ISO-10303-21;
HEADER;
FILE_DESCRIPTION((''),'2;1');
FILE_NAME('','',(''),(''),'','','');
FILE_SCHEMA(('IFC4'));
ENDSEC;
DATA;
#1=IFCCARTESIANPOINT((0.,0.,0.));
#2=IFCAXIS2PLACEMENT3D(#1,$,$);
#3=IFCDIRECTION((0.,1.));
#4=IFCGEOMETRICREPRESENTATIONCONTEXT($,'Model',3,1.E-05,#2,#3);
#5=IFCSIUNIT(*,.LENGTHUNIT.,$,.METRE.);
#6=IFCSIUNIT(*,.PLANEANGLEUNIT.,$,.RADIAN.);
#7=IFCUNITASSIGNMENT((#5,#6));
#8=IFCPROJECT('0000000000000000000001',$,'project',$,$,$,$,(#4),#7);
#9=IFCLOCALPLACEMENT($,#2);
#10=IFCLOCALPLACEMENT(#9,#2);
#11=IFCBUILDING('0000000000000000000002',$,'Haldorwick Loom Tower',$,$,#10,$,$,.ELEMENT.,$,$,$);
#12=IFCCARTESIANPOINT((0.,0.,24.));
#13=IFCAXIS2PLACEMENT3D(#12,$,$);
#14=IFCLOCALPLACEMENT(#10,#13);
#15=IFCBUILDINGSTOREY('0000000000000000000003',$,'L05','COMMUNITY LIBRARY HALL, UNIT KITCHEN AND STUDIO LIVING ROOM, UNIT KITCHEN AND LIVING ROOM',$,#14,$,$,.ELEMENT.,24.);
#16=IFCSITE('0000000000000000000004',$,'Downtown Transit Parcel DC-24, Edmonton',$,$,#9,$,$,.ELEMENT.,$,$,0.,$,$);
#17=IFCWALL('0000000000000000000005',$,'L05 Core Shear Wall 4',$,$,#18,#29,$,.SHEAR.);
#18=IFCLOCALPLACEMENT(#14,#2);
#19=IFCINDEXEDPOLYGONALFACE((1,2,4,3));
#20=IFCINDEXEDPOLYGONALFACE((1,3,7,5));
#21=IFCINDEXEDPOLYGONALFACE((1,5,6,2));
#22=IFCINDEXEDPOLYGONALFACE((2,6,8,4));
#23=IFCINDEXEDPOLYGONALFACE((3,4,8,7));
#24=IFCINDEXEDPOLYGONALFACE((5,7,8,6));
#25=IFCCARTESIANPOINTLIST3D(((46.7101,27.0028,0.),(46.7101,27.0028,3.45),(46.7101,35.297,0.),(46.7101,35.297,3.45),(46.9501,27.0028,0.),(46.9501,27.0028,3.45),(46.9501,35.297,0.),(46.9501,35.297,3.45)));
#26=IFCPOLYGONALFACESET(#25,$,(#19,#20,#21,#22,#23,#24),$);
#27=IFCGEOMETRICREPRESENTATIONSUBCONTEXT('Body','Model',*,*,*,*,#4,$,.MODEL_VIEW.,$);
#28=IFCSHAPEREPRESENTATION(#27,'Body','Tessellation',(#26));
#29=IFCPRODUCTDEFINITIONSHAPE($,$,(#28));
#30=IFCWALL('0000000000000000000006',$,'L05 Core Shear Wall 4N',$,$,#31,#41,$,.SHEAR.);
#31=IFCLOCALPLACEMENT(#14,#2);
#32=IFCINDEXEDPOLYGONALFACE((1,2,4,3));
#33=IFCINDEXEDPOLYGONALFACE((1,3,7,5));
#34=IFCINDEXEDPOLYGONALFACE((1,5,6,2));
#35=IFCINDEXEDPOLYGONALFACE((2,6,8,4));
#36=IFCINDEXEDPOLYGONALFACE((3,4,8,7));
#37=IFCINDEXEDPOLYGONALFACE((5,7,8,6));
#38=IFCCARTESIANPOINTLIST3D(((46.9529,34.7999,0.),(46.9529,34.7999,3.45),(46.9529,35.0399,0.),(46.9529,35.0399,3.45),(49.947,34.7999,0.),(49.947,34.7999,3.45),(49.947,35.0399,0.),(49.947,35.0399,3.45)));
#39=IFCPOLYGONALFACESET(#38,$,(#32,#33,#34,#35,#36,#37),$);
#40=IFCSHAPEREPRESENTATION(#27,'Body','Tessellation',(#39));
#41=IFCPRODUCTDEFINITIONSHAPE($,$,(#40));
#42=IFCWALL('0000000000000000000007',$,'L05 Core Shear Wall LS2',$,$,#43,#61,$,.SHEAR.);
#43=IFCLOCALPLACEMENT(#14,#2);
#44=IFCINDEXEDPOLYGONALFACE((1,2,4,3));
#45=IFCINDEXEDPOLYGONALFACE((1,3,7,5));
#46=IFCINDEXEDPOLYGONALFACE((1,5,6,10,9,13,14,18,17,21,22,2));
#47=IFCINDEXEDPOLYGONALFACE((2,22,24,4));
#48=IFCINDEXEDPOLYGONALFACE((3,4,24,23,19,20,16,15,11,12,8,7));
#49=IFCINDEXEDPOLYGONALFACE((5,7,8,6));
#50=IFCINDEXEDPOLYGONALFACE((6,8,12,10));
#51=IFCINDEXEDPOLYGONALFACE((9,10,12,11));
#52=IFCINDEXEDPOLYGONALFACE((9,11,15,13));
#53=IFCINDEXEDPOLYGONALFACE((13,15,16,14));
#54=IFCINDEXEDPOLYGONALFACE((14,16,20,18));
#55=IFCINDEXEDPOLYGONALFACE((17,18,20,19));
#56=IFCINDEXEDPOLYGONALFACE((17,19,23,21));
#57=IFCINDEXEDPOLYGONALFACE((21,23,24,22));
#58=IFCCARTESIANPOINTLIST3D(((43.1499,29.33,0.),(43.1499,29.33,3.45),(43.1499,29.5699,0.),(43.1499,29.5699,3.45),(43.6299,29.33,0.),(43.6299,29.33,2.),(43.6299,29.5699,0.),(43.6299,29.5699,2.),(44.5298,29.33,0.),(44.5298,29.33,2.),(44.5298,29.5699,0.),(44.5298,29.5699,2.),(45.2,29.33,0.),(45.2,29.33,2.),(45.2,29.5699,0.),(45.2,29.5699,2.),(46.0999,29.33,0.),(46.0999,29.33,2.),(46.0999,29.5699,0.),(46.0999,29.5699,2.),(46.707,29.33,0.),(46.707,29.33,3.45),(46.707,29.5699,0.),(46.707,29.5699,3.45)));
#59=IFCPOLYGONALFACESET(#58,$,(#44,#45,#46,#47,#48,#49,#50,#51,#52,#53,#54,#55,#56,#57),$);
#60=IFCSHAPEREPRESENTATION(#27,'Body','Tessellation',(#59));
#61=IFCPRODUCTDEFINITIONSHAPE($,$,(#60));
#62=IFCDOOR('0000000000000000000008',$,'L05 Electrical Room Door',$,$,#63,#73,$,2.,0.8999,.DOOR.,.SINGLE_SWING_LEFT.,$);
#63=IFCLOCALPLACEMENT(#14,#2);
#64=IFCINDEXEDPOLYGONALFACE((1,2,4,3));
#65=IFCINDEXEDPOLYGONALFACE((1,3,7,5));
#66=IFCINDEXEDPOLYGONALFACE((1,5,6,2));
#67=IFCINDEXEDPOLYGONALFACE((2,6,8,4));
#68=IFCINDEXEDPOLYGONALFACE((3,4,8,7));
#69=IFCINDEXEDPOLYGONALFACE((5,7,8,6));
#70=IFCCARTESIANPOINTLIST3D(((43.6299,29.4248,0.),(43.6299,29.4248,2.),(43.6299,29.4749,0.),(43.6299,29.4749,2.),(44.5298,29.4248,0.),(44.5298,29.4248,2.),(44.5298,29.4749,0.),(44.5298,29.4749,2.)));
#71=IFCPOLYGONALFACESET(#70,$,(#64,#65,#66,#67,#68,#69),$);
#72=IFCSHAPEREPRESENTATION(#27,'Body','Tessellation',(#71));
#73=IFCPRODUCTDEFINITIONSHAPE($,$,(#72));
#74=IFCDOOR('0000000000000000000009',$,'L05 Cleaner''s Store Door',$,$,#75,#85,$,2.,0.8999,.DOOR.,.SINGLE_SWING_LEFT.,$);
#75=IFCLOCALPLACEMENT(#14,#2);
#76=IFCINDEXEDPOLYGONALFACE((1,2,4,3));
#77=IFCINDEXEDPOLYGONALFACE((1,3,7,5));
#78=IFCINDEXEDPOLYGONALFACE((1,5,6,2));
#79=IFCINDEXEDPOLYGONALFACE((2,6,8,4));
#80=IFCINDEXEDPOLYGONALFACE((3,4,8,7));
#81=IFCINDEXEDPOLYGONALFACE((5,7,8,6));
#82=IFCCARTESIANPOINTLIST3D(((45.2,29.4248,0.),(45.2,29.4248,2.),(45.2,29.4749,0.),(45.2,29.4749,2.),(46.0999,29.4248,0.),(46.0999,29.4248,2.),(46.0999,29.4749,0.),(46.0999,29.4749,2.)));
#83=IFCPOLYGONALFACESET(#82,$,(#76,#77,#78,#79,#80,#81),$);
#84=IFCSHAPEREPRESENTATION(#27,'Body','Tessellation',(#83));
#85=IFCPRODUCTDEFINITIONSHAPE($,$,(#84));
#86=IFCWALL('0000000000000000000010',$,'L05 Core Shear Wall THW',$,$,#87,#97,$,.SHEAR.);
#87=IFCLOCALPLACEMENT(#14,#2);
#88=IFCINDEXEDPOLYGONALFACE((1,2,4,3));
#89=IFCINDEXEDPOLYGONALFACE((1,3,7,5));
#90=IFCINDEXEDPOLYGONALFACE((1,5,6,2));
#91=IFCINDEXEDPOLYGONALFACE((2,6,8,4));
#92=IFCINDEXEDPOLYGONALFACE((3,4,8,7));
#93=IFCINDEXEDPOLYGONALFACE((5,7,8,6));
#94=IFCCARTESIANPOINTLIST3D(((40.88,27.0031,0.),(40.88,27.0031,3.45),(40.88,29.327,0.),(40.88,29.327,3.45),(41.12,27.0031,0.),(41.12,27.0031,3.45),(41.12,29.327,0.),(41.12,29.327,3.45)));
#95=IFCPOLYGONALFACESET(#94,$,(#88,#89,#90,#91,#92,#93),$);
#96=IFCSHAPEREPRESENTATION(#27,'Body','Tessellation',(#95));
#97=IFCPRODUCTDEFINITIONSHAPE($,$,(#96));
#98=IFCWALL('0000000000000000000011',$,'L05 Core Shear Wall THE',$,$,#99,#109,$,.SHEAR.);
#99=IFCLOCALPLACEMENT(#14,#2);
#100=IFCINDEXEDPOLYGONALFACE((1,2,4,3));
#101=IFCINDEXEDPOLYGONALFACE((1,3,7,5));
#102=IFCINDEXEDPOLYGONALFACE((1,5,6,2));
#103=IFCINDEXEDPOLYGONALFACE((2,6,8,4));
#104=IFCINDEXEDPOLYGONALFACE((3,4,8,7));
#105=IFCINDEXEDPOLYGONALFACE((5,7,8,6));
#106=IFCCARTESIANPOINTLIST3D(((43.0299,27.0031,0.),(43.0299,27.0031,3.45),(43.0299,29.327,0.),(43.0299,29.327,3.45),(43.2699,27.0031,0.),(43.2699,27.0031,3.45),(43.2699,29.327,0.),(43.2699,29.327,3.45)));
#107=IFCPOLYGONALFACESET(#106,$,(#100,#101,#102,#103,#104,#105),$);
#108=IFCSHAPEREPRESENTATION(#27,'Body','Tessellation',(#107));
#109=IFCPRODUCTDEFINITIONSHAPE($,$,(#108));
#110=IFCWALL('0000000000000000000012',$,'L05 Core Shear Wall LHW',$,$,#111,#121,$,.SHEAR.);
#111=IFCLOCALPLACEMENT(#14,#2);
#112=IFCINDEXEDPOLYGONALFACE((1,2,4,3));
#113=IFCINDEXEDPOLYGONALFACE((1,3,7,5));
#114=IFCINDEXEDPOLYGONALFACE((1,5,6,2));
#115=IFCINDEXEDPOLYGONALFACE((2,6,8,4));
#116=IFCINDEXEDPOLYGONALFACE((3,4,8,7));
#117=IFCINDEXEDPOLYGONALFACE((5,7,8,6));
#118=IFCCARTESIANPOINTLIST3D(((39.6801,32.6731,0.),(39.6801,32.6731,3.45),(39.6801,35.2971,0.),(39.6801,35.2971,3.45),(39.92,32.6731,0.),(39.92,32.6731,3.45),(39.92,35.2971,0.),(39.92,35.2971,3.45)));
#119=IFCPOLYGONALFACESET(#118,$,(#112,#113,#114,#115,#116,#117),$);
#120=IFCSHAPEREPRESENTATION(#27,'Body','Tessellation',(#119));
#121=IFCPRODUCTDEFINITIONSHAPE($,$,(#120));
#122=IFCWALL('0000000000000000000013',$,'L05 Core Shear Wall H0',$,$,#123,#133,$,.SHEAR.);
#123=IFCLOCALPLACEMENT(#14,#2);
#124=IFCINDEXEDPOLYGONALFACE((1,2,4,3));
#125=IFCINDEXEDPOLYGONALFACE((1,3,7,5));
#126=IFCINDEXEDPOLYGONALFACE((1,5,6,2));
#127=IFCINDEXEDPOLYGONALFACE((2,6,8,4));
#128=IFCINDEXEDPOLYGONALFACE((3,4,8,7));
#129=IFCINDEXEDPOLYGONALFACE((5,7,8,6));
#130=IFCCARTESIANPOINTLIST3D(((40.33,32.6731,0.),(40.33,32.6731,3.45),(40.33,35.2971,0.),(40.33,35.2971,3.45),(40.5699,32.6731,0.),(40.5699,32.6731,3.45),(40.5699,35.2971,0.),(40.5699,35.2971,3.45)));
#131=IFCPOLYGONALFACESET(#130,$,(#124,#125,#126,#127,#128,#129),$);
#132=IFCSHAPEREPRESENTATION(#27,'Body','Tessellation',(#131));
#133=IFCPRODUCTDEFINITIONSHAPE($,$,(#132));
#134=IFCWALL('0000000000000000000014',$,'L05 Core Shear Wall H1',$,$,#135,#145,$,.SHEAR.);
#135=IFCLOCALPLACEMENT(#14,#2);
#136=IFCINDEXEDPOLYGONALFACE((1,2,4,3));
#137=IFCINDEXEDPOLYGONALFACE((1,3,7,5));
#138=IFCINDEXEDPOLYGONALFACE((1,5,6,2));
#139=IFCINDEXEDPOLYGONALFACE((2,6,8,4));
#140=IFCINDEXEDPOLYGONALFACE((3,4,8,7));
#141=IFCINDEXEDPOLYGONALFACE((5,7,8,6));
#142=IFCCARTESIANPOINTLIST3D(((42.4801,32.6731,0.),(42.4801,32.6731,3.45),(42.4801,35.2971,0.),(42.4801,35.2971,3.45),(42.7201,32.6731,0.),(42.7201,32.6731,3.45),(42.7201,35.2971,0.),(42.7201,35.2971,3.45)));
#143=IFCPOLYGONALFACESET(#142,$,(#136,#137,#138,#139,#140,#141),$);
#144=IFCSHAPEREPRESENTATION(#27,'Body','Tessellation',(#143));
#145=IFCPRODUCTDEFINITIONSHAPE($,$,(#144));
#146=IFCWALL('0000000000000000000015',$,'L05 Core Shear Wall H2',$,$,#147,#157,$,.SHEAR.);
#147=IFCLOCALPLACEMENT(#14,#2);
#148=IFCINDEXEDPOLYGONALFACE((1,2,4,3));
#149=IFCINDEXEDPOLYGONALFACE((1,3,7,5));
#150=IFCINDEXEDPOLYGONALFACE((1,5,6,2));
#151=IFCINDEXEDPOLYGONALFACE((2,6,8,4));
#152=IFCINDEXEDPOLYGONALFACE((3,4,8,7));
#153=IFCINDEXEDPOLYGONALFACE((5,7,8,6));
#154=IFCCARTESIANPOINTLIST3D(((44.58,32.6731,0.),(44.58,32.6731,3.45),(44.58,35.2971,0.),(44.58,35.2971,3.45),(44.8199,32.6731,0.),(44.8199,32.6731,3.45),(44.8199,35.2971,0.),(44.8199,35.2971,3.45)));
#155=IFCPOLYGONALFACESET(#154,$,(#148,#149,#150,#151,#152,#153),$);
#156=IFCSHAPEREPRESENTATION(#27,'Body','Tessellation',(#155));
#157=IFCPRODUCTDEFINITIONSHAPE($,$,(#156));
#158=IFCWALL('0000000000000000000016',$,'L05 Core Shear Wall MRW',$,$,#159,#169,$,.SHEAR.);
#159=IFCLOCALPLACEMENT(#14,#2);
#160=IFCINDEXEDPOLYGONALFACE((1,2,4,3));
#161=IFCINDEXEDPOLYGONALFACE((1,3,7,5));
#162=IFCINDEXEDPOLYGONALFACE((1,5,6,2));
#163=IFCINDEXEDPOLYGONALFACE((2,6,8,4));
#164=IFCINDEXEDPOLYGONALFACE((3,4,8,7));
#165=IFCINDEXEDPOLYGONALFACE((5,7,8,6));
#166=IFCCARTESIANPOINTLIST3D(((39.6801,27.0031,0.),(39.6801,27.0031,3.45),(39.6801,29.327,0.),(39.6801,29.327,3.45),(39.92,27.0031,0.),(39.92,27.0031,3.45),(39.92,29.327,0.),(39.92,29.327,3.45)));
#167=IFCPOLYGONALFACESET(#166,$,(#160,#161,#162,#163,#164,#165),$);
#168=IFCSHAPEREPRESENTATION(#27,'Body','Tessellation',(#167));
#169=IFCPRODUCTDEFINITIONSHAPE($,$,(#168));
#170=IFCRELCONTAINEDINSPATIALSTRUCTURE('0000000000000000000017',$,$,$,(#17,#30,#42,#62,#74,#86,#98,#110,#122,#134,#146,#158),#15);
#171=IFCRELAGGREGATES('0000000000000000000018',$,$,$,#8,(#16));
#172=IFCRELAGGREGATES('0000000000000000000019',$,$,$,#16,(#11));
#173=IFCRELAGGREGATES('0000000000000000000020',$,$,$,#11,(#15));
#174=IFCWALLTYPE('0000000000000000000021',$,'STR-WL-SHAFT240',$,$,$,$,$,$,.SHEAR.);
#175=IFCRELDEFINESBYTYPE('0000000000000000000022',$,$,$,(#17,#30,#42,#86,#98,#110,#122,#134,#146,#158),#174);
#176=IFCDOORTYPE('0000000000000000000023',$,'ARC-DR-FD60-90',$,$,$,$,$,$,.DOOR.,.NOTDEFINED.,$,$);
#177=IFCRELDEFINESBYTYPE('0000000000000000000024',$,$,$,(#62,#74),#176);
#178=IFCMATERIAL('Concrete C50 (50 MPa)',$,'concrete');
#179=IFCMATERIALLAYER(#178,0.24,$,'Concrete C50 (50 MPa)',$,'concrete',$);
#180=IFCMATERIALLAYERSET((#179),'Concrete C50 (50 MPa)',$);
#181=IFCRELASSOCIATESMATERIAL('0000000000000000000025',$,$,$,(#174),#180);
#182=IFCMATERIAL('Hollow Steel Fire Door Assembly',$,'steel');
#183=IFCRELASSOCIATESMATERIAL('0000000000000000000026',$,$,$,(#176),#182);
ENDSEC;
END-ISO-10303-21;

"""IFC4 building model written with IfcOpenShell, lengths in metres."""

from ifc_helpers import new_model, si_unit, direction, frame, frame_2d, origin, place, context, subcontext, project, spatial, rectangle, extrude, material, layer, layer_set, type_object, element, fill, save


model = new_model("IFC4")

# Units and contexts
model_context = context("Model", 3, precision=1e-05, world=origin(), true_north=direction((0.0, 1.0)))
body_context = subcontext(model_context, "Body", "Model", "MODEL_VIEW")
ifc_project = project(units=[si_unit("LENGTHUNIT", "METRE"), si_unit("PLANEANGLEUNIT", "RADIAN")], contexts=[model_context])

# Site, building, storey
site_placement = place(None, origin())
site = spatial("IfcSite", under=ifc_project, at=site_placement, Name="Downtown Transit Parcel DC-24, Edmonton", CompositionType="ELEMENT", RefElevation=0.0)
building_placement = place(site_placement, origin())
building = spatial("IfcBuilding", under=site, at=building_placement, Name="Haldorwick Loom Tower", CompositionType="ELEMENT")
storey_placement = place(building_placement, frame((0.0, 0.0, 24.0)))
storey = spatial("IfcBuildingStorey", under=building, at=storey_placement, Name="L05", Description="COMMUNITY LIBRARY HALL, UNIT KITCHEN AND STUDIO LIVING ROOM, UNIT KITCHEN AND LIVING ROOM", CompositionType="ELEMENT", Elevation=24.0)

# Walls
ifc_material_1 = material(Name="Concrete C50 (50 MPa)", Category="concrete")
ifc_layer_1 = layer(ifc_material_1, 0.24, Name="Concrete C50 (50 MPa)", Category="concrete")
ifc_layer_set_1 = layer_set([ifc_layer_1], Name="Concrete C50 (50 MPa)")
wall_type_1 = type_object("IfcWallType", Name="STR-WL-SHAFT240", PredefinedType="SHEAR", material=ifc_layer_set_1)
wall_1_placement = place(storey_placement, frame((46.8301, 27.0029, 0.0), z_axis=(0.0, 0.0, 1.0), x_axis=(0.0, 1.0, 0.0)))
element("IfcWall", 1, at=wall_1_placement, inside=storey, type_object=wall_type_1, Name="L05 Core Shear Wall 4", PredefinedType="SHEAR", context=body_context, shape_type="SweptSolid", body=[
    extrude(rectangle(XDim=8.2942, YDim=0.24, at=frame_2d((4.147, 0.0))), origin(), (0.0, 0.0, 1.0), 3.45),
])
wall_2_placement = place(storey_placement, frame((46.9529, 34.9199, 0.0), z_axis=(0.0, 0.0, 1.0), x_axis=(1.0, 0.0, 0.0)))
element("IfcWall", 2, at=wall_2_placement, inside=storey, type_object=wall_type_1, Name="L05 Core Shear Wall 4N", PredefinedType="SHEAR", context=body_context, shape_type="SweptSolid", body=[
    extrude(rectangle(XDim=2.9941, YDim=0.24, at=frame_2d((1.4971, 0.0))), origin(), (0.0, 0.0, 1.0), 3.45),
])

# Wall, openings, doors
wall_3_placement = place(storey_placement, frame((43.1499, 29.45, 0.0), z_axis=(0.0, 0.0, 1.0), x_axis=(1.0, 0.0, 0.0)))
wall_3 = element("IfcWall", 3, at=wall_3_placement, inside=storey, type_object=wall_type_1, Name="L05 Core Shear Wall LS2", PredefinedType="SHEAR", context=body_context, shape_type="SweptSolid", body=[
    extrude(rectangle(XDim=3.5571, YDim=0.24, at=frame_2d((1.7786, 0.0))), origin(), (0.0, 0.0, 1.0), 3.45),
])
opening_1_placement = place(wall_3_placement, frame((0.48, 0.0, 0.0)))
opening_1 = element("IfcOpeningElement", 4, at=opening_1_placement, cuts=wall_3, PredefinedType="OPENING", context=body_context, shape_type="SweptSolid", body=[
    extrude(rectangle(XDim=0.8999, YDim=2.0, at=frame_2d((0.45, 1.0))), frame((0.0, 0.1299, 0.0), z_axis=(0.0, -1.0, 0.0), x_axis=(1.0, 0.0, 0.0)), (0.0, 0.0, 1.0), 0.26),
])
opening_2_placement = place(wall_3_placement, frame((2.05, 0.0, 0.0)))
opening_2 = element("IfcOpeningElement", 5, at=opening_2_placement, cuts=wall_3, PredefinedType="OPENING", context=body_context, shape_type="SweptSolid", body=[
    extrude(rectangle(XDim=0.8999, YDim=2.0, at=frame_2d((0.45, 1.0))), frame((0.0, 0.1299, 0.0), z_axis=(0.0, -1.0, 0.0), x_axis=(1.0, 0.0, 0.0)), (0.0, 0.0, 1.0), 0.26),
])
ifc_material_2 = material(Name="Hollow Steel Fire Door Assembly", Category="steel")
door_type = type_object("IfcDoorType", Name="ARC-DR-FD60-90", OperationType="NOTDEFINED", PredefinedType="DOOR", material=ifc_material_2)
door_1_placement = place(opening_1_placement, origin())
door_1 = element("IfcDoor", 6, at=door_1_placement, inside=storey, type_object=door_type, Name="L05 Electrical Room Door", OperationType="SINGLE_SWING_LEFT", OverallHeight=2.0, OverallWidth=0.8999, PredefinedType="DOOR", context=body_context, shape_type="SweptSolid", body=[
    extrude(rectangle(XDim=0.8999, YDim=2.0, at=frame_2d((0.45, 1.0))), frame((0.0, 0.0249, 0.0), z_axis=(0.0, -1.0, 0.0), x_axis=(1.0, 0.0, 0.0)), (0.0, 0.0, 1.0), 0.05),
])
fill(opening_1, door_1)
door_2_placement = place(opening_2_placement, origin())
door_2 = element("IfcDoor", 7, at=door_2_placement, inside=storey, type_object=door_type, Name="L05 Cleaner's Store Door", OperationType="SINGLE_SWING_LEFT", OverallHeight=2.0, OverallWidth=0.8999, PredefinedType="DOOR", context=body_context, shape_type="SweptSolid", body=[
    extrude(rectangle(XDim=0.8999, YDim=2.0, at=frame_2d((0.45, 1.0))), frame((0.0, 0.0249, 0.0), z_axis=(0.0, -1.0, 0.0), x_axis=(1.0, 0.0, 0.0)), (0.0, 0.0, 1.0), 0.05),
])
fill(opening_2, door_2)

# Walls
for number, where, z_axis, x_axis, name in (
    (8, (41.0, 27.0029, 0.0), (0.0, 0.0, 1.0), (0.0, 1.0, 0.0), "L05 Core Shear Wall THW"),
    (9, (43.1499, 27.0029, 0.0), (0.0, 0.0, 1.0), (0.0, 1.0, 0.0), "L05 Core Shear Wall THE"),
):
    element("IfcWall", number, at=place(storey_placement, frame(where, z_axis=z_axis, x_axis=x_axis)), inside=storey, type_object=wall_type_1, Name=name, PredefinedType="SHEAR", context=body_context, shape_type="SweptSolid", body=[
        extrude(rectangle(XDim=2.324, YDim=0.24, at=frame_2d((1.1621, 0.0))), origin(), (0.0, 0.0, 1.0), 3.45),
    ])
for number, where, z_axis, x_axis, name in (
    (10, (39.8, 32.6731, 0.0), (0.0, 0.0, 1.0), (0.0, 1.0, 0.0), "L05 Core Shear Wall LHW"),
    (11, (40.45, 32.6731, 0.0), (0.0, 0.0, 1.0), (0.0, 1.0, 0.0), "L05 Core Shear Wall H0"),
    (12, (42.6001, 32.6731, 0.0), (0.0, 0.0, 1.0), (0.0, 1.0, 0.0), "L05 Core Shear Wall H1"),
    (13, (44.7, 32.6731, 0.0), (0.0, 0.0, 1.0), (0.0, 1.0, 0.0), "L05 Core Shear Wall H2"),
):
    element("IfcWall", number, at=place(storey_placement, frame(where, z_axis=z_axis, x_axis=x_axis)), inside=storey, type_object=wall_type_1, Name=name, PredefinedType="SHEAR", context=body_context, shape_type="SweptSolid", body=[
        extrude(rectangle(XDim=2.624, YDim=0.24, at=frame_2d((1.312, 0.0))), origin(), (0.0, 0.0, 1.0), 3.45),
    ])
wall_4_placement = place(storey_placement, frame((39.8, 27.0029, 0.0), z_axis=(0.0, 0.0, 1.0), x_axis=(0.0, 1.0, 0.0)))
element("IfcWall", 14, at=wall_4_placement, inside=storey, type_object=wall_type_1, Name="L05 Core Shear Wall MRW", PredefinedType="SHEAR", context=body_context, shape_type="SweptSolid", body=[
    extrude(rectangle(XDim=2.324, YDim=0.24, at=frame_2d((1.1621, 0.0))), origin(), (0.0, 0.0, 1.0), 3.45),
])

save(model, "model.ifc")
